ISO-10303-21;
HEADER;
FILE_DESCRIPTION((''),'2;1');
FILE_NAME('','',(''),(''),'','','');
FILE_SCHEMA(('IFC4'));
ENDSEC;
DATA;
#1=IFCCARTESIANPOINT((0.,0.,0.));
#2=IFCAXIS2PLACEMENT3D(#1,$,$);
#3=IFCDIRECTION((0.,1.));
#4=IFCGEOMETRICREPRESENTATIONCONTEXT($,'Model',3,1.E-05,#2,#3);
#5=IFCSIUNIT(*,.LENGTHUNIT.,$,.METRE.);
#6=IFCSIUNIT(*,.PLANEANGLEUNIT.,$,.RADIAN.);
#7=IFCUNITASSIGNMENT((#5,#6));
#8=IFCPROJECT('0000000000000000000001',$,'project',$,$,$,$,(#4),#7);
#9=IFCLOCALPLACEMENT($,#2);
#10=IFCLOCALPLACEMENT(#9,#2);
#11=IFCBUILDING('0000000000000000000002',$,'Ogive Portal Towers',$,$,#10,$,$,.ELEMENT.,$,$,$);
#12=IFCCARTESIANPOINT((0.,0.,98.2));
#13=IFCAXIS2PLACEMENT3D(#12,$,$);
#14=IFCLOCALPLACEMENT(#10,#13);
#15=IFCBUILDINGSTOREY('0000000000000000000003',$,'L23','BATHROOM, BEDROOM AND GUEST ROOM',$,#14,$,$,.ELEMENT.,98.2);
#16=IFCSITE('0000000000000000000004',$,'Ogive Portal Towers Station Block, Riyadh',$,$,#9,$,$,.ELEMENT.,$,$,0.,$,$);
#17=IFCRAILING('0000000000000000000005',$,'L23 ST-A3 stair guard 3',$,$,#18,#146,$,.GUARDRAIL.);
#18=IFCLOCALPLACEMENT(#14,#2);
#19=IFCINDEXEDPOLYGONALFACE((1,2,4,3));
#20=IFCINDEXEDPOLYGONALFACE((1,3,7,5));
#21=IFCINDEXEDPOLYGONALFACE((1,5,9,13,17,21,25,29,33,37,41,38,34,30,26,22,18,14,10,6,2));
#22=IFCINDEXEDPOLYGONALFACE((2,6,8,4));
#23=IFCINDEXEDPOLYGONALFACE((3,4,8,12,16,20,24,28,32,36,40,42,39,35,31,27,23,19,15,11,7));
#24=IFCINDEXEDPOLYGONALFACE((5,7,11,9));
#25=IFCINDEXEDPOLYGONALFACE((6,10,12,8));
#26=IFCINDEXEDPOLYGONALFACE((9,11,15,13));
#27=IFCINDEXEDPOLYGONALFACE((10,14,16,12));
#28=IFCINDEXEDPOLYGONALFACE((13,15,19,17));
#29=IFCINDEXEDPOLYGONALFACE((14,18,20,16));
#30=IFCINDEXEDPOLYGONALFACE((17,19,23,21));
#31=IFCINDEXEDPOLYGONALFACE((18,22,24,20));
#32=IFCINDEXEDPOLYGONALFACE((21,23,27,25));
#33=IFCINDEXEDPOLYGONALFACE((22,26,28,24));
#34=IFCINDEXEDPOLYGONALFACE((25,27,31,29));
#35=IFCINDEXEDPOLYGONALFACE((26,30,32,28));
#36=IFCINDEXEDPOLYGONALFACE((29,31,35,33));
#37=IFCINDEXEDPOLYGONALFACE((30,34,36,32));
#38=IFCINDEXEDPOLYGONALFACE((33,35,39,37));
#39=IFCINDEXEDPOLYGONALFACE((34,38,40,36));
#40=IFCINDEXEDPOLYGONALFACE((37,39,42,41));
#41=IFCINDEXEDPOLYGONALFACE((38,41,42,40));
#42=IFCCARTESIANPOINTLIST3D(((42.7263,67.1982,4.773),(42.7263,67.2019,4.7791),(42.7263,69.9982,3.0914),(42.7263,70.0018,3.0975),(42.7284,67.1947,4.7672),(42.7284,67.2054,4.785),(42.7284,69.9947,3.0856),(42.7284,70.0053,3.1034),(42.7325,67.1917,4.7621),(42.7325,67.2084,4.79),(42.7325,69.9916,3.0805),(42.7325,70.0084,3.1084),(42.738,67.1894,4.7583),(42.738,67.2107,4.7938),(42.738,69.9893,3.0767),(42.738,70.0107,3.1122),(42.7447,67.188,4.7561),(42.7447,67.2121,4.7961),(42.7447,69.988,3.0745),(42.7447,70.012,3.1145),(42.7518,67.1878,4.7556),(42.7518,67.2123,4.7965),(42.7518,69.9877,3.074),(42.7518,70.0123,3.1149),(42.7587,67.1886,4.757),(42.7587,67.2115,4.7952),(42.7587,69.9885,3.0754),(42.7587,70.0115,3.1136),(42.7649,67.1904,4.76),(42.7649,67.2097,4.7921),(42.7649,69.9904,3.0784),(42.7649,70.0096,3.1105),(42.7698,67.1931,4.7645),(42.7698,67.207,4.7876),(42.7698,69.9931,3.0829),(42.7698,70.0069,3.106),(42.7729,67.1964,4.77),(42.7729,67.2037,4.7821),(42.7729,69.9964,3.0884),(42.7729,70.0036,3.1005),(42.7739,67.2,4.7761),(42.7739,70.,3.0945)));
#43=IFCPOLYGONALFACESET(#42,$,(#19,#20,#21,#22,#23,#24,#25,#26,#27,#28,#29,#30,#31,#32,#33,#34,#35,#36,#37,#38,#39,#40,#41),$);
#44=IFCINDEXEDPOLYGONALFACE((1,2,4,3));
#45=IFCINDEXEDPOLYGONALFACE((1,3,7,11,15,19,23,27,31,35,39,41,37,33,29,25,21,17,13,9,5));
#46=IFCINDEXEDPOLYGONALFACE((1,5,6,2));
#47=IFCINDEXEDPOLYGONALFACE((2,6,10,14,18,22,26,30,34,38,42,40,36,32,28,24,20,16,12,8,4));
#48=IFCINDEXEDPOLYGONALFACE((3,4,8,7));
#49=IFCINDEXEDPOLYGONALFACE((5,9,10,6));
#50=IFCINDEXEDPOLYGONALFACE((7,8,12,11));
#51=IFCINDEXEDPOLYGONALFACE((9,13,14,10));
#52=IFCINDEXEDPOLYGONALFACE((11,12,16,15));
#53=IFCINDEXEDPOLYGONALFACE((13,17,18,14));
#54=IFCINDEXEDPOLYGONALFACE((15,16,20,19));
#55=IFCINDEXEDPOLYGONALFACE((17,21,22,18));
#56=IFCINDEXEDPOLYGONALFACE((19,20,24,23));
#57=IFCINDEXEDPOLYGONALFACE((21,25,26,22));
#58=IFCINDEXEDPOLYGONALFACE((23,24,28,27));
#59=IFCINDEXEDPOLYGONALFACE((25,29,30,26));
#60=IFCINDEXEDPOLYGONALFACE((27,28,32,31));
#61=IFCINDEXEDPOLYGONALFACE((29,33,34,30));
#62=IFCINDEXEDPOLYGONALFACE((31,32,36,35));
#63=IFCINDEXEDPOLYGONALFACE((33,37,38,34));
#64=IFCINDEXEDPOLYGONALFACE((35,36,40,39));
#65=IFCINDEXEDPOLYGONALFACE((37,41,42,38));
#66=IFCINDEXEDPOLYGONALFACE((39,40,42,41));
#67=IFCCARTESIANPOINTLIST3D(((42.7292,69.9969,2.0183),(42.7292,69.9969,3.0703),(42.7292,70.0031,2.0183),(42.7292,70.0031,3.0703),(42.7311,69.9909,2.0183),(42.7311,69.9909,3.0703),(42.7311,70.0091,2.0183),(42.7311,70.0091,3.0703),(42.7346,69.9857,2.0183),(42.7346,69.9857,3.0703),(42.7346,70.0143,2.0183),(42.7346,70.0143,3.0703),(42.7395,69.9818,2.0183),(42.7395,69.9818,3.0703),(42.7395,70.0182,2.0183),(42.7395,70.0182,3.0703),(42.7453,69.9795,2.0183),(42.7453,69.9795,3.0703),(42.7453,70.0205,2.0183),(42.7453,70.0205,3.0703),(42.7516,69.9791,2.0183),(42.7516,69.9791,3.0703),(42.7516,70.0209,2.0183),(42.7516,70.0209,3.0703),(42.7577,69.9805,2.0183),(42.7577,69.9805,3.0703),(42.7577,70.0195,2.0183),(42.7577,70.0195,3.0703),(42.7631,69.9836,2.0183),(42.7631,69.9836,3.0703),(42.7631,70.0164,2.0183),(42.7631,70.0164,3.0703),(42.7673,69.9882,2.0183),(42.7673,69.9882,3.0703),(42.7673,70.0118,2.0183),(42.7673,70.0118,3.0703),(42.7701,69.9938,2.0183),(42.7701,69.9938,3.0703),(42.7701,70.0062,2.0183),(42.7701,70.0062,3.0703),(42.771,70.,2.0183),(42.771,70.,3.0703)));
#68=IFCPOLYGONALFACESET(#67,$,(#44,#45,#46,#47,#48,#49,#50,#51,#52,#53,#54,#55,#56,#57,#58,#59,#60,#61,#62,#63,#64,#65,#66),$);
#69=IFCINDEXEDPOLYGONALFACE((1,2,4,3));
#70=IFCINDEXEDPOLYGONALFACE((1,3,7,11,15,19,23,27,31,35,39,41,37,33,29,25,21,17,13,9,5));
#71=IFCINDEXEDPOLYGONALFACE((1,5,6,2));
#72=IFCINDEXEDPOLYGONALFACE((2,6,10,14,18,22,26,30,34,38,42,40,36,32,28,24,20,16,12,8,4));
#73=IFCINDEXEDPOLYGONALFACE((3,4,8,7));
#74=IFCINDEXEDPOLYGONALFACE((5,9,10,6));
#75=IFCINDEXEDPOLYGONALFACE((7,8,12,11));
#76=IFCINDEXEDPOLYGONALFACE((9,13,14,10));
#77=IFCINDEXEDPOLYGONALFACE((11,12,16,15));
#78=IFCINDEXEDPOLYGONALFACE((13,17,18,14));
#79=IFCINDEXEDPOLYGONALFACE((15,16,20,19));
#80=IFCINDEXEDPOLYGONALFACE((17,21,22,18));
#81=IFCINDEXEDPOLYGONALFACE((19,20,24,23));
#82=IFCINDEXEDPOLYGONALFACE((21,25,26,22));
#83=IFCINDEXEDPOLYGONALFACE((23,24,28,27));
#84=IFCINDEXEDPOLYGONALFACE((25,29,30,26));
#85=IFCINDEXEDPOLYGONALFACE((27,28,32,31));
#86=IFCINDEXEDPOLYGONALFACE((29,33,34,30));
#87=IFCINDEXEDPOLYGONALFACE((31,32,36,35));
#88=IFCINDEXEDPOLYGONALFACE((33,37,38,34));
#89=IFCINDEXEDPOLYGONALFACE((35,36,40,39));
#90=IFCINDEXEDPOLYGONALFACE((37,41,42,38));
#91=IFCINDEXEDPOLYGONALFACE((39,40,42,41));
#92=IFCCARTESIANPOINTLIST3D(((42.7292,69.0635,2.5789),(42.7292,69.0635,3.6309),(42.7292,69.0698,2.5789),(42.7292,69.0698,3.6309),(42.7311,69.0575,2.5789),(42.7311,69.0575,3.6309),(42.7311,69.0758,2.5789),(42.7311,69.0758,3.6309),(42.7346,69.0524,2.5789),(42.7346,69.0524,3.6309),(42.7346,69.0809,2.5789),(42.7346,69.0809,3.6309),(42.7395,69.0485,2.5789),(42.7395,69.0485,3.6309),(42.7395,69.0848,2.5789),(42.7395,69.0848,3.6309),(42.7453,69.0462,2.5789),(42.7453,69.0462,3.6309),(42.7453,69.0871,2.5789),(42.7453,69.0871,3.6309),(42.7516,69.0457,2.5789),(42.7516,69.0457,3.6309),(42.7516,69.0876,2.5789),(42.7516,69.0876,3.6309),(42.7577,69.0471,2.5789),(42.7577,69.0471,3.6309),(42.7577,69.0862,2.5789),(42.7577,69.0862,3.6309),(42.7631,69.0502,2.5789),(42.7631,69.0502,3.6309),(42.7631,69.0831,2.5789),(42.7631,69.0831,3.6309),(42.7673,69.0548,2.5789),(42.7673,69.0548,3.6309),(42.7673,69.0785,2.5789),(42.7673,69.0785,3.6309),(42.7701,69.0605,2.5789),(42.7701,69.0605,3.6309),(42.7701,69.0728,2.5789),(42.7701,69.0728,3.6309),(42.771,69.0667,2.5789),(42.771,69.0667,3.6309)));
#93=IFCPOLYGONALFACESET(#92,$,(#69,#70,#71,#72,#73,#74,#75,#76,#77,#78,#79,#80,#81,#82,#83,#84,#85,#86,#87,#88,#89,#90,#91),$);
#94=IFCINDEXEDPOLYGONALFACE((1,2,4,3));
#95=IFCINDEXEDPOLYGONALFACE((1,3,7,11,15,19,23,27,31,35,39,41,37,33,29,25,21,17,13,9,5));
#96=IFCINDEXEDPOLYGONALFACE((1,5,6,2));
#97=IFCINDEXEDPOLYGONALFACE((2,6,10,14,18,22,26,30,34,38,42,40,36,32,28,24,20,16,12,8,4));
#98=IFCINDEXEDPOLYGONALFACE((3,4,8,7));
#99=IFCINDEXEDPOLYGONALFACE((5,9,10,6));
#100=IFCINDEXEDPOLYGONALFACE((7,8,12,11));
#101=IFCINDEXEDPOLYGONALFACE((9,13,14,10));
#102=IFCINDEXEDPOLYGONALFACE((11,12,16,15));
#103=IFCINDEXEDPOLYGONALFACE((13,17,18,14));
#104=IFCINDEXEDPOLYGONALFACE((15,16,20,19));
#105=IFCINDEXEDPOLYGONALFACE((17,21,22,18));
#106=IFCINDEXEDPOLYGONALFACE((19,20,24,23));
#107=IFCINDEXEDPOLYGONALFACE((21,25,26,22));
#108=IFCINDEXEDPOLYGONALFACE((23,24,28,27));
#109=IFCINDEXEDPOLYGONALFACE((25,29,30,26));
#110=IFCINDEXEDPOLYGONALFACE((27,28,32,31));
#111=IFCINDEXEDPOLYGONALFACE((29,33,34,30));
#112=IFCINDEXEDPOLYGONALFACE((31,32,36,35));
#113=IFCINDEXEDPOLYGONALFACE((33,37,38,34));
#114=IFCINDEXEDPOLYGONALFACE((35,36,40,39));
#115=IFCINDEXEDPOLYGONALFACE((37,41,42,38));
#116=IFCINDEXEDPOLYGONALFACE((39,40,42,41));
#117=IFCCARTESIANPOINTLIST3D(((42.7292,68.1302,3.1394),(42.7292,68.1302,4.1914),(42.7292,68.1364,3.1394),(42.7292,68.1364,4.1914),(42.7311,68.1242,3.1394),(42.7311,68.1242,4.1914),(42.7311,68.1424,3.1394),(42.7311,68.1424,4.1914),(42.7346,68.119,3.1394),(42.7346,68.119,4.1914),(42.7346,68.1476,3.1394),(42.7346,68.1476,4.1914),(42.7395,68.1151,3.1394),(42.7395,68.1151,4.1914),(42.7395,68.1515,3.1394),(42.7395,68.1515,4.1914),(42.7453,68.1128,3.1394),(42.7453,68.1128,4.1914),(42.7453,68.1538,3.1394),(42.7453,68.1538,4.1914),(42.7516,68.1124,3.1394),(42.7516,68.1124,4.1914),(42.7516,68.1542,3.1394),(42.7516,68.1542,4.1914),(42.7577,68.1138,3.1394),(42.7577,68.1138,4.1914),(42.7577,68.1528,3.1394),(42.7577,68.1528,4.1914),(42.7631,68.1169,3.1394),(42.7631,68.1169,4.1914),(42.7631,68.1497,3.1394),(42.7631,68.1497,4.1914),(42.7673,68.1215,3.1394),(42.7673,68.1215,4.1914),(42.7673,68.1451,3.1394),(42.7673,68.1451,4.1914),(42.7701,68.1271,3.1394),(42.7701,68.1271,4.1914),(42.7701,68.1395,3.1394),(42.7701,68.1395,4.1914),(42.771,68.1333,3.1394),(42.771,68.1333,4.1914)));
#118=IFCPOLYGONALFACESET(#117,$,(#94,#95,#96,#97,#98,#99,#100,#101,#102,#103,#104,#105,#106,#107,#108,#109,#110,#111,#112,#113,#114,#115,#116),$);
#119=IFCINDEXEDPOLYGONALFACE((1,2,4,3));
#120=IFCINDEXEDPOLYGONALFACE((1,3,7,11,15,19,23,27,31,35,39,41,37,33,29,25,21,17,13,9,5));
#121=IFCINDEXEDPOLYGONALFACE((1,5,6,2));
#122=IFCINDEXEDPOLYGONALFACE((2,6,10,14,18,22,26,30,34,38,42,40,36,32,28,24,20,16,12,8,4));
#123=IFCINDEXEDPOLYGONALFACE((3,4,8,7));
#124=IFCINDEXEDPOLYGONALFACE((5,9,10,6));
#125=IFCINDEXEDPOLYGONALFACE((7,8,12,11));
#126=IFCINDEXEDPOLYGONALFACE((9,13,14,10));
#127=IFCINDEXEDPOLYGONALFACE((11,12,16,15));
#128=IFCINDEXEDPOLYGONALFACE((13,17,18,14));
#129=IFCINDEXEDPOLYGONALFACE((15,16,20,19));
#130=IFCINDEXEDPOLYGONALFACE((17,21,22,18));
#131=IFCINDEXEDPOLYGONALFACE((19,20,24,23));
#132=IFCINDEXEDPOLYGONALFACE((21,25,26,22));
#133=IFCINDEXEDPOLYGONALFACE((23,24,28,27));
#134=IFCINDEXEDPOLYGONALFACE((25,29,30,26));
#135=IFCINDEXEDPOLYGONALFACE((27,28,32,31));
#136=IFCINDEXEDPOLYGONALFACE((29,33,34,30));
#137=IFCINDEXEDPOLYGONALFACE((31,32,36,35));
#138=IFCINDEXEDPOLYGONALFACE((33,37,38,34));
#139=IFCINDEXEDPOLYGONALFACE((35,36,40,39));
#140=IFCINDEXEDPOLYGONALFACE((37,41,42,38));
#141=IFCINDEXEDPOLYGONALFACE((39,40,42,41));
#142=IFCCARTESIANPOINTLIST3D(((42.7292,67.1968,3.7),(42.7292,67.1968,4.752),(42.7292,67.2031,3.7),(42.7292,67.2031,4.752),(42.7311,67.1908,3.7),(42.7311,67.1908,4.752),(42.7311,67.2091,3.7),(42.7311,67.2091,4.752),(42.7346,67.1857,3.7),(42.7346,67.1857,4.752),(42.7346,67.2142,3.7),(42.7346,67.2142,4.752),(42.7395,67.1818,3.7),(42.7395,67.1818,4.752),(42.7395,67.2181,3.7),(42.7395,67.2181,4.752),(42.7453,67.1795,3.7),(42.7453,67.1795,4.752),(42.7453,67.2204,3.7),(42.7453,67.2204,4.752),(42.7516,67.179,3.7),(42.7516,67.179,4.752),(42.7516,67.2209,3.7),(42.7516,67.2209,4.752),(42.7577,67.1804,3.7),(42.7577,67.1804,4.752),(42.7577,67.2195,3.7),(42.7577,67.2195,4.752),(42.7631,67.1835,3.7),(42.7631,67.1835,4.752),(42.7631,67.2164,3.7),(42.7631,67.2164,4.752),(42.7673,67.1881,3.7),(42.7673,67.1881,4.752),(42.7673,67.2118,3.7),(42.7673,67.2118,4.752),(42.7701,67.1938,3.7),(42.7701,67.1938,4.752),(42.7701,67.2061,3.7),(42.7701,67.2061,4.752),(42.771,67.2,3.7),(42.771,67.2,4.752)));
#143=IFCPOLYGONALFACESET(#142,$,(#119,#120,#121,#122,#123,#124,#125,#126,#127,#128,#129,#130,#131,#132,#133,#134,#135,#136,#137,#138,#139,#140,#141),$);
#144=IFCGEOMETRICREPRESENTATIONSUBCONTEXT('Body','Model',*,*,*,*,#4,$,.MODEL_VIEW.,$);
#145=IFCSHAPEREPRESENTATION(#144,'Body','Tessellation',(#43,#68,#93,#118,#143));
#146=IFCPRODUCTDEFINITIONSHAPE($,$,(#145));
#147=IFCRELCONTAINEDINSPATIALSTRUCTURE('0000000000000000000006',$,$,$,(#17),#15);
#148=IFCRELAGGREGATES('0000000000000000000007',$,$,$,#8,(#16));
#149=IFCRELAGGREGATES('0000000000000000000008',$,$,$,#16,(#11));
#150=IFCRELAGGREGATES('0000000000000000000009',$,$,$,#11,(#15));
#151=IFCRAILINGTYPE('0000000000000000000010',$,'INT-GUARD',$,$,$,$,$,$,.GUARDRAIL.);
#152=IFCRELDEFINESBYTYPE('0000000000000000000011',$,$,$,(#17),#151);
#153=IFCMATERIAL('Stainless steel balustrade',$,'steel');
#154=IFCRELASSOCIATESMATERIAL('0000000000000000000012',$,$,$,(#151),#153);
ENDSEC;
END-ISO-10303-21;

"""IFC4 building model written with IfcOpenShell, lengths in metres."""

from ifc_helpers import new_model, si_unit, direction, frame, origin, origin_2d, place, context, subcontext, project, spatial, circle, extrude, material, type_object, element, save


model = new_model("IFC4")

# Units and contexts
model_context = context("Model", 3, precision=1e-05, world=origin(), true_north=direction((0.0, 1.0)))
body_context = subcontext(model_context, "Body", "Model", "MODEL_VIEW")
ifc_project = project(units=[si_unit("LENGTHUNIT", "METRE"), si_unit("PLANEANGLEUNIT", "RADIAN")], contexts=[model_context])

# Site, building, storey
site_placement = place(None, origin())
site = spatial("IfcSite", under=ifc_project, at=site_placement, Name="Ogive Portal Towers Station Block, Riyadh", CompositionType="ELEMENT", RefElevation=0.0)
building_placement = place(site_placement, origin())
building = spatial("IfcBuilding", under=site, at=building_placement, Name="Ogive Portal Towers", CompositionType="ELEMENT")
storey_placement = place(building_placement, frame((0.0, 0.0, 98.2)))
storey = spatial("IfcBuildingStorey", under=building, at=storey_placement, Name="L23", Description="BATHROOM, BEDROOM AND GUEST ROOM", CompositionType="ELEMENT", Elevation=98.2)

# Railing
ifc_material_1 = material(Name="Stainless steel balustrade", Category="steel")
railing_type_1 = type_object("IfcRailingType", Name="INT-GUARD", PredefinedType="GUARDRAIL", material=ifc_material_1)
railing_1_placement = place(storey_placement, frame((42.75, 70.0, 2.0183)))
element("IfcRailing", 1, at=railing_1_placement, inside=storey, type_object=railing_type_1, Name="L23 ST-A3 stair guard 3", PredefinedType="GUARDRAIL", context=body_context, shape_type="SweptSolid", body=[
    extrude(circle(Radius=0.0239, at=origin_2d()), frame((0.0, 0.0, 1.0762), z_axis=(0.0, -0.857275, 0.514858), x_axis=(1.0, 0.0, 0.0)), (0.0, 0.0, 1.0), 3.2661),
    extrude(circle(Radius=0.021, at=origin_2d()), origin(), (0.0, 0.0, 1.0), 1.052),
    extrude(circle(Radius=0.021, at=origin_2d()), frame((0.0, -0.9333, 0.5605)), (0.0, 0.0, 1.0), 1.052),
    extrude(circle(Radius=0.021, at=origin_2d()), frame((0.0, -1.8667, 1.1211)), (0.0, 0.0, 1.0), 1.052),
    extrude(circle(Radius=0.021, at=origin_2d()), frame((0.0, -2.8, 1.6816)), (0.0, 0.0, 1.0), 1.052),
])

save(model, "model.ifc")
